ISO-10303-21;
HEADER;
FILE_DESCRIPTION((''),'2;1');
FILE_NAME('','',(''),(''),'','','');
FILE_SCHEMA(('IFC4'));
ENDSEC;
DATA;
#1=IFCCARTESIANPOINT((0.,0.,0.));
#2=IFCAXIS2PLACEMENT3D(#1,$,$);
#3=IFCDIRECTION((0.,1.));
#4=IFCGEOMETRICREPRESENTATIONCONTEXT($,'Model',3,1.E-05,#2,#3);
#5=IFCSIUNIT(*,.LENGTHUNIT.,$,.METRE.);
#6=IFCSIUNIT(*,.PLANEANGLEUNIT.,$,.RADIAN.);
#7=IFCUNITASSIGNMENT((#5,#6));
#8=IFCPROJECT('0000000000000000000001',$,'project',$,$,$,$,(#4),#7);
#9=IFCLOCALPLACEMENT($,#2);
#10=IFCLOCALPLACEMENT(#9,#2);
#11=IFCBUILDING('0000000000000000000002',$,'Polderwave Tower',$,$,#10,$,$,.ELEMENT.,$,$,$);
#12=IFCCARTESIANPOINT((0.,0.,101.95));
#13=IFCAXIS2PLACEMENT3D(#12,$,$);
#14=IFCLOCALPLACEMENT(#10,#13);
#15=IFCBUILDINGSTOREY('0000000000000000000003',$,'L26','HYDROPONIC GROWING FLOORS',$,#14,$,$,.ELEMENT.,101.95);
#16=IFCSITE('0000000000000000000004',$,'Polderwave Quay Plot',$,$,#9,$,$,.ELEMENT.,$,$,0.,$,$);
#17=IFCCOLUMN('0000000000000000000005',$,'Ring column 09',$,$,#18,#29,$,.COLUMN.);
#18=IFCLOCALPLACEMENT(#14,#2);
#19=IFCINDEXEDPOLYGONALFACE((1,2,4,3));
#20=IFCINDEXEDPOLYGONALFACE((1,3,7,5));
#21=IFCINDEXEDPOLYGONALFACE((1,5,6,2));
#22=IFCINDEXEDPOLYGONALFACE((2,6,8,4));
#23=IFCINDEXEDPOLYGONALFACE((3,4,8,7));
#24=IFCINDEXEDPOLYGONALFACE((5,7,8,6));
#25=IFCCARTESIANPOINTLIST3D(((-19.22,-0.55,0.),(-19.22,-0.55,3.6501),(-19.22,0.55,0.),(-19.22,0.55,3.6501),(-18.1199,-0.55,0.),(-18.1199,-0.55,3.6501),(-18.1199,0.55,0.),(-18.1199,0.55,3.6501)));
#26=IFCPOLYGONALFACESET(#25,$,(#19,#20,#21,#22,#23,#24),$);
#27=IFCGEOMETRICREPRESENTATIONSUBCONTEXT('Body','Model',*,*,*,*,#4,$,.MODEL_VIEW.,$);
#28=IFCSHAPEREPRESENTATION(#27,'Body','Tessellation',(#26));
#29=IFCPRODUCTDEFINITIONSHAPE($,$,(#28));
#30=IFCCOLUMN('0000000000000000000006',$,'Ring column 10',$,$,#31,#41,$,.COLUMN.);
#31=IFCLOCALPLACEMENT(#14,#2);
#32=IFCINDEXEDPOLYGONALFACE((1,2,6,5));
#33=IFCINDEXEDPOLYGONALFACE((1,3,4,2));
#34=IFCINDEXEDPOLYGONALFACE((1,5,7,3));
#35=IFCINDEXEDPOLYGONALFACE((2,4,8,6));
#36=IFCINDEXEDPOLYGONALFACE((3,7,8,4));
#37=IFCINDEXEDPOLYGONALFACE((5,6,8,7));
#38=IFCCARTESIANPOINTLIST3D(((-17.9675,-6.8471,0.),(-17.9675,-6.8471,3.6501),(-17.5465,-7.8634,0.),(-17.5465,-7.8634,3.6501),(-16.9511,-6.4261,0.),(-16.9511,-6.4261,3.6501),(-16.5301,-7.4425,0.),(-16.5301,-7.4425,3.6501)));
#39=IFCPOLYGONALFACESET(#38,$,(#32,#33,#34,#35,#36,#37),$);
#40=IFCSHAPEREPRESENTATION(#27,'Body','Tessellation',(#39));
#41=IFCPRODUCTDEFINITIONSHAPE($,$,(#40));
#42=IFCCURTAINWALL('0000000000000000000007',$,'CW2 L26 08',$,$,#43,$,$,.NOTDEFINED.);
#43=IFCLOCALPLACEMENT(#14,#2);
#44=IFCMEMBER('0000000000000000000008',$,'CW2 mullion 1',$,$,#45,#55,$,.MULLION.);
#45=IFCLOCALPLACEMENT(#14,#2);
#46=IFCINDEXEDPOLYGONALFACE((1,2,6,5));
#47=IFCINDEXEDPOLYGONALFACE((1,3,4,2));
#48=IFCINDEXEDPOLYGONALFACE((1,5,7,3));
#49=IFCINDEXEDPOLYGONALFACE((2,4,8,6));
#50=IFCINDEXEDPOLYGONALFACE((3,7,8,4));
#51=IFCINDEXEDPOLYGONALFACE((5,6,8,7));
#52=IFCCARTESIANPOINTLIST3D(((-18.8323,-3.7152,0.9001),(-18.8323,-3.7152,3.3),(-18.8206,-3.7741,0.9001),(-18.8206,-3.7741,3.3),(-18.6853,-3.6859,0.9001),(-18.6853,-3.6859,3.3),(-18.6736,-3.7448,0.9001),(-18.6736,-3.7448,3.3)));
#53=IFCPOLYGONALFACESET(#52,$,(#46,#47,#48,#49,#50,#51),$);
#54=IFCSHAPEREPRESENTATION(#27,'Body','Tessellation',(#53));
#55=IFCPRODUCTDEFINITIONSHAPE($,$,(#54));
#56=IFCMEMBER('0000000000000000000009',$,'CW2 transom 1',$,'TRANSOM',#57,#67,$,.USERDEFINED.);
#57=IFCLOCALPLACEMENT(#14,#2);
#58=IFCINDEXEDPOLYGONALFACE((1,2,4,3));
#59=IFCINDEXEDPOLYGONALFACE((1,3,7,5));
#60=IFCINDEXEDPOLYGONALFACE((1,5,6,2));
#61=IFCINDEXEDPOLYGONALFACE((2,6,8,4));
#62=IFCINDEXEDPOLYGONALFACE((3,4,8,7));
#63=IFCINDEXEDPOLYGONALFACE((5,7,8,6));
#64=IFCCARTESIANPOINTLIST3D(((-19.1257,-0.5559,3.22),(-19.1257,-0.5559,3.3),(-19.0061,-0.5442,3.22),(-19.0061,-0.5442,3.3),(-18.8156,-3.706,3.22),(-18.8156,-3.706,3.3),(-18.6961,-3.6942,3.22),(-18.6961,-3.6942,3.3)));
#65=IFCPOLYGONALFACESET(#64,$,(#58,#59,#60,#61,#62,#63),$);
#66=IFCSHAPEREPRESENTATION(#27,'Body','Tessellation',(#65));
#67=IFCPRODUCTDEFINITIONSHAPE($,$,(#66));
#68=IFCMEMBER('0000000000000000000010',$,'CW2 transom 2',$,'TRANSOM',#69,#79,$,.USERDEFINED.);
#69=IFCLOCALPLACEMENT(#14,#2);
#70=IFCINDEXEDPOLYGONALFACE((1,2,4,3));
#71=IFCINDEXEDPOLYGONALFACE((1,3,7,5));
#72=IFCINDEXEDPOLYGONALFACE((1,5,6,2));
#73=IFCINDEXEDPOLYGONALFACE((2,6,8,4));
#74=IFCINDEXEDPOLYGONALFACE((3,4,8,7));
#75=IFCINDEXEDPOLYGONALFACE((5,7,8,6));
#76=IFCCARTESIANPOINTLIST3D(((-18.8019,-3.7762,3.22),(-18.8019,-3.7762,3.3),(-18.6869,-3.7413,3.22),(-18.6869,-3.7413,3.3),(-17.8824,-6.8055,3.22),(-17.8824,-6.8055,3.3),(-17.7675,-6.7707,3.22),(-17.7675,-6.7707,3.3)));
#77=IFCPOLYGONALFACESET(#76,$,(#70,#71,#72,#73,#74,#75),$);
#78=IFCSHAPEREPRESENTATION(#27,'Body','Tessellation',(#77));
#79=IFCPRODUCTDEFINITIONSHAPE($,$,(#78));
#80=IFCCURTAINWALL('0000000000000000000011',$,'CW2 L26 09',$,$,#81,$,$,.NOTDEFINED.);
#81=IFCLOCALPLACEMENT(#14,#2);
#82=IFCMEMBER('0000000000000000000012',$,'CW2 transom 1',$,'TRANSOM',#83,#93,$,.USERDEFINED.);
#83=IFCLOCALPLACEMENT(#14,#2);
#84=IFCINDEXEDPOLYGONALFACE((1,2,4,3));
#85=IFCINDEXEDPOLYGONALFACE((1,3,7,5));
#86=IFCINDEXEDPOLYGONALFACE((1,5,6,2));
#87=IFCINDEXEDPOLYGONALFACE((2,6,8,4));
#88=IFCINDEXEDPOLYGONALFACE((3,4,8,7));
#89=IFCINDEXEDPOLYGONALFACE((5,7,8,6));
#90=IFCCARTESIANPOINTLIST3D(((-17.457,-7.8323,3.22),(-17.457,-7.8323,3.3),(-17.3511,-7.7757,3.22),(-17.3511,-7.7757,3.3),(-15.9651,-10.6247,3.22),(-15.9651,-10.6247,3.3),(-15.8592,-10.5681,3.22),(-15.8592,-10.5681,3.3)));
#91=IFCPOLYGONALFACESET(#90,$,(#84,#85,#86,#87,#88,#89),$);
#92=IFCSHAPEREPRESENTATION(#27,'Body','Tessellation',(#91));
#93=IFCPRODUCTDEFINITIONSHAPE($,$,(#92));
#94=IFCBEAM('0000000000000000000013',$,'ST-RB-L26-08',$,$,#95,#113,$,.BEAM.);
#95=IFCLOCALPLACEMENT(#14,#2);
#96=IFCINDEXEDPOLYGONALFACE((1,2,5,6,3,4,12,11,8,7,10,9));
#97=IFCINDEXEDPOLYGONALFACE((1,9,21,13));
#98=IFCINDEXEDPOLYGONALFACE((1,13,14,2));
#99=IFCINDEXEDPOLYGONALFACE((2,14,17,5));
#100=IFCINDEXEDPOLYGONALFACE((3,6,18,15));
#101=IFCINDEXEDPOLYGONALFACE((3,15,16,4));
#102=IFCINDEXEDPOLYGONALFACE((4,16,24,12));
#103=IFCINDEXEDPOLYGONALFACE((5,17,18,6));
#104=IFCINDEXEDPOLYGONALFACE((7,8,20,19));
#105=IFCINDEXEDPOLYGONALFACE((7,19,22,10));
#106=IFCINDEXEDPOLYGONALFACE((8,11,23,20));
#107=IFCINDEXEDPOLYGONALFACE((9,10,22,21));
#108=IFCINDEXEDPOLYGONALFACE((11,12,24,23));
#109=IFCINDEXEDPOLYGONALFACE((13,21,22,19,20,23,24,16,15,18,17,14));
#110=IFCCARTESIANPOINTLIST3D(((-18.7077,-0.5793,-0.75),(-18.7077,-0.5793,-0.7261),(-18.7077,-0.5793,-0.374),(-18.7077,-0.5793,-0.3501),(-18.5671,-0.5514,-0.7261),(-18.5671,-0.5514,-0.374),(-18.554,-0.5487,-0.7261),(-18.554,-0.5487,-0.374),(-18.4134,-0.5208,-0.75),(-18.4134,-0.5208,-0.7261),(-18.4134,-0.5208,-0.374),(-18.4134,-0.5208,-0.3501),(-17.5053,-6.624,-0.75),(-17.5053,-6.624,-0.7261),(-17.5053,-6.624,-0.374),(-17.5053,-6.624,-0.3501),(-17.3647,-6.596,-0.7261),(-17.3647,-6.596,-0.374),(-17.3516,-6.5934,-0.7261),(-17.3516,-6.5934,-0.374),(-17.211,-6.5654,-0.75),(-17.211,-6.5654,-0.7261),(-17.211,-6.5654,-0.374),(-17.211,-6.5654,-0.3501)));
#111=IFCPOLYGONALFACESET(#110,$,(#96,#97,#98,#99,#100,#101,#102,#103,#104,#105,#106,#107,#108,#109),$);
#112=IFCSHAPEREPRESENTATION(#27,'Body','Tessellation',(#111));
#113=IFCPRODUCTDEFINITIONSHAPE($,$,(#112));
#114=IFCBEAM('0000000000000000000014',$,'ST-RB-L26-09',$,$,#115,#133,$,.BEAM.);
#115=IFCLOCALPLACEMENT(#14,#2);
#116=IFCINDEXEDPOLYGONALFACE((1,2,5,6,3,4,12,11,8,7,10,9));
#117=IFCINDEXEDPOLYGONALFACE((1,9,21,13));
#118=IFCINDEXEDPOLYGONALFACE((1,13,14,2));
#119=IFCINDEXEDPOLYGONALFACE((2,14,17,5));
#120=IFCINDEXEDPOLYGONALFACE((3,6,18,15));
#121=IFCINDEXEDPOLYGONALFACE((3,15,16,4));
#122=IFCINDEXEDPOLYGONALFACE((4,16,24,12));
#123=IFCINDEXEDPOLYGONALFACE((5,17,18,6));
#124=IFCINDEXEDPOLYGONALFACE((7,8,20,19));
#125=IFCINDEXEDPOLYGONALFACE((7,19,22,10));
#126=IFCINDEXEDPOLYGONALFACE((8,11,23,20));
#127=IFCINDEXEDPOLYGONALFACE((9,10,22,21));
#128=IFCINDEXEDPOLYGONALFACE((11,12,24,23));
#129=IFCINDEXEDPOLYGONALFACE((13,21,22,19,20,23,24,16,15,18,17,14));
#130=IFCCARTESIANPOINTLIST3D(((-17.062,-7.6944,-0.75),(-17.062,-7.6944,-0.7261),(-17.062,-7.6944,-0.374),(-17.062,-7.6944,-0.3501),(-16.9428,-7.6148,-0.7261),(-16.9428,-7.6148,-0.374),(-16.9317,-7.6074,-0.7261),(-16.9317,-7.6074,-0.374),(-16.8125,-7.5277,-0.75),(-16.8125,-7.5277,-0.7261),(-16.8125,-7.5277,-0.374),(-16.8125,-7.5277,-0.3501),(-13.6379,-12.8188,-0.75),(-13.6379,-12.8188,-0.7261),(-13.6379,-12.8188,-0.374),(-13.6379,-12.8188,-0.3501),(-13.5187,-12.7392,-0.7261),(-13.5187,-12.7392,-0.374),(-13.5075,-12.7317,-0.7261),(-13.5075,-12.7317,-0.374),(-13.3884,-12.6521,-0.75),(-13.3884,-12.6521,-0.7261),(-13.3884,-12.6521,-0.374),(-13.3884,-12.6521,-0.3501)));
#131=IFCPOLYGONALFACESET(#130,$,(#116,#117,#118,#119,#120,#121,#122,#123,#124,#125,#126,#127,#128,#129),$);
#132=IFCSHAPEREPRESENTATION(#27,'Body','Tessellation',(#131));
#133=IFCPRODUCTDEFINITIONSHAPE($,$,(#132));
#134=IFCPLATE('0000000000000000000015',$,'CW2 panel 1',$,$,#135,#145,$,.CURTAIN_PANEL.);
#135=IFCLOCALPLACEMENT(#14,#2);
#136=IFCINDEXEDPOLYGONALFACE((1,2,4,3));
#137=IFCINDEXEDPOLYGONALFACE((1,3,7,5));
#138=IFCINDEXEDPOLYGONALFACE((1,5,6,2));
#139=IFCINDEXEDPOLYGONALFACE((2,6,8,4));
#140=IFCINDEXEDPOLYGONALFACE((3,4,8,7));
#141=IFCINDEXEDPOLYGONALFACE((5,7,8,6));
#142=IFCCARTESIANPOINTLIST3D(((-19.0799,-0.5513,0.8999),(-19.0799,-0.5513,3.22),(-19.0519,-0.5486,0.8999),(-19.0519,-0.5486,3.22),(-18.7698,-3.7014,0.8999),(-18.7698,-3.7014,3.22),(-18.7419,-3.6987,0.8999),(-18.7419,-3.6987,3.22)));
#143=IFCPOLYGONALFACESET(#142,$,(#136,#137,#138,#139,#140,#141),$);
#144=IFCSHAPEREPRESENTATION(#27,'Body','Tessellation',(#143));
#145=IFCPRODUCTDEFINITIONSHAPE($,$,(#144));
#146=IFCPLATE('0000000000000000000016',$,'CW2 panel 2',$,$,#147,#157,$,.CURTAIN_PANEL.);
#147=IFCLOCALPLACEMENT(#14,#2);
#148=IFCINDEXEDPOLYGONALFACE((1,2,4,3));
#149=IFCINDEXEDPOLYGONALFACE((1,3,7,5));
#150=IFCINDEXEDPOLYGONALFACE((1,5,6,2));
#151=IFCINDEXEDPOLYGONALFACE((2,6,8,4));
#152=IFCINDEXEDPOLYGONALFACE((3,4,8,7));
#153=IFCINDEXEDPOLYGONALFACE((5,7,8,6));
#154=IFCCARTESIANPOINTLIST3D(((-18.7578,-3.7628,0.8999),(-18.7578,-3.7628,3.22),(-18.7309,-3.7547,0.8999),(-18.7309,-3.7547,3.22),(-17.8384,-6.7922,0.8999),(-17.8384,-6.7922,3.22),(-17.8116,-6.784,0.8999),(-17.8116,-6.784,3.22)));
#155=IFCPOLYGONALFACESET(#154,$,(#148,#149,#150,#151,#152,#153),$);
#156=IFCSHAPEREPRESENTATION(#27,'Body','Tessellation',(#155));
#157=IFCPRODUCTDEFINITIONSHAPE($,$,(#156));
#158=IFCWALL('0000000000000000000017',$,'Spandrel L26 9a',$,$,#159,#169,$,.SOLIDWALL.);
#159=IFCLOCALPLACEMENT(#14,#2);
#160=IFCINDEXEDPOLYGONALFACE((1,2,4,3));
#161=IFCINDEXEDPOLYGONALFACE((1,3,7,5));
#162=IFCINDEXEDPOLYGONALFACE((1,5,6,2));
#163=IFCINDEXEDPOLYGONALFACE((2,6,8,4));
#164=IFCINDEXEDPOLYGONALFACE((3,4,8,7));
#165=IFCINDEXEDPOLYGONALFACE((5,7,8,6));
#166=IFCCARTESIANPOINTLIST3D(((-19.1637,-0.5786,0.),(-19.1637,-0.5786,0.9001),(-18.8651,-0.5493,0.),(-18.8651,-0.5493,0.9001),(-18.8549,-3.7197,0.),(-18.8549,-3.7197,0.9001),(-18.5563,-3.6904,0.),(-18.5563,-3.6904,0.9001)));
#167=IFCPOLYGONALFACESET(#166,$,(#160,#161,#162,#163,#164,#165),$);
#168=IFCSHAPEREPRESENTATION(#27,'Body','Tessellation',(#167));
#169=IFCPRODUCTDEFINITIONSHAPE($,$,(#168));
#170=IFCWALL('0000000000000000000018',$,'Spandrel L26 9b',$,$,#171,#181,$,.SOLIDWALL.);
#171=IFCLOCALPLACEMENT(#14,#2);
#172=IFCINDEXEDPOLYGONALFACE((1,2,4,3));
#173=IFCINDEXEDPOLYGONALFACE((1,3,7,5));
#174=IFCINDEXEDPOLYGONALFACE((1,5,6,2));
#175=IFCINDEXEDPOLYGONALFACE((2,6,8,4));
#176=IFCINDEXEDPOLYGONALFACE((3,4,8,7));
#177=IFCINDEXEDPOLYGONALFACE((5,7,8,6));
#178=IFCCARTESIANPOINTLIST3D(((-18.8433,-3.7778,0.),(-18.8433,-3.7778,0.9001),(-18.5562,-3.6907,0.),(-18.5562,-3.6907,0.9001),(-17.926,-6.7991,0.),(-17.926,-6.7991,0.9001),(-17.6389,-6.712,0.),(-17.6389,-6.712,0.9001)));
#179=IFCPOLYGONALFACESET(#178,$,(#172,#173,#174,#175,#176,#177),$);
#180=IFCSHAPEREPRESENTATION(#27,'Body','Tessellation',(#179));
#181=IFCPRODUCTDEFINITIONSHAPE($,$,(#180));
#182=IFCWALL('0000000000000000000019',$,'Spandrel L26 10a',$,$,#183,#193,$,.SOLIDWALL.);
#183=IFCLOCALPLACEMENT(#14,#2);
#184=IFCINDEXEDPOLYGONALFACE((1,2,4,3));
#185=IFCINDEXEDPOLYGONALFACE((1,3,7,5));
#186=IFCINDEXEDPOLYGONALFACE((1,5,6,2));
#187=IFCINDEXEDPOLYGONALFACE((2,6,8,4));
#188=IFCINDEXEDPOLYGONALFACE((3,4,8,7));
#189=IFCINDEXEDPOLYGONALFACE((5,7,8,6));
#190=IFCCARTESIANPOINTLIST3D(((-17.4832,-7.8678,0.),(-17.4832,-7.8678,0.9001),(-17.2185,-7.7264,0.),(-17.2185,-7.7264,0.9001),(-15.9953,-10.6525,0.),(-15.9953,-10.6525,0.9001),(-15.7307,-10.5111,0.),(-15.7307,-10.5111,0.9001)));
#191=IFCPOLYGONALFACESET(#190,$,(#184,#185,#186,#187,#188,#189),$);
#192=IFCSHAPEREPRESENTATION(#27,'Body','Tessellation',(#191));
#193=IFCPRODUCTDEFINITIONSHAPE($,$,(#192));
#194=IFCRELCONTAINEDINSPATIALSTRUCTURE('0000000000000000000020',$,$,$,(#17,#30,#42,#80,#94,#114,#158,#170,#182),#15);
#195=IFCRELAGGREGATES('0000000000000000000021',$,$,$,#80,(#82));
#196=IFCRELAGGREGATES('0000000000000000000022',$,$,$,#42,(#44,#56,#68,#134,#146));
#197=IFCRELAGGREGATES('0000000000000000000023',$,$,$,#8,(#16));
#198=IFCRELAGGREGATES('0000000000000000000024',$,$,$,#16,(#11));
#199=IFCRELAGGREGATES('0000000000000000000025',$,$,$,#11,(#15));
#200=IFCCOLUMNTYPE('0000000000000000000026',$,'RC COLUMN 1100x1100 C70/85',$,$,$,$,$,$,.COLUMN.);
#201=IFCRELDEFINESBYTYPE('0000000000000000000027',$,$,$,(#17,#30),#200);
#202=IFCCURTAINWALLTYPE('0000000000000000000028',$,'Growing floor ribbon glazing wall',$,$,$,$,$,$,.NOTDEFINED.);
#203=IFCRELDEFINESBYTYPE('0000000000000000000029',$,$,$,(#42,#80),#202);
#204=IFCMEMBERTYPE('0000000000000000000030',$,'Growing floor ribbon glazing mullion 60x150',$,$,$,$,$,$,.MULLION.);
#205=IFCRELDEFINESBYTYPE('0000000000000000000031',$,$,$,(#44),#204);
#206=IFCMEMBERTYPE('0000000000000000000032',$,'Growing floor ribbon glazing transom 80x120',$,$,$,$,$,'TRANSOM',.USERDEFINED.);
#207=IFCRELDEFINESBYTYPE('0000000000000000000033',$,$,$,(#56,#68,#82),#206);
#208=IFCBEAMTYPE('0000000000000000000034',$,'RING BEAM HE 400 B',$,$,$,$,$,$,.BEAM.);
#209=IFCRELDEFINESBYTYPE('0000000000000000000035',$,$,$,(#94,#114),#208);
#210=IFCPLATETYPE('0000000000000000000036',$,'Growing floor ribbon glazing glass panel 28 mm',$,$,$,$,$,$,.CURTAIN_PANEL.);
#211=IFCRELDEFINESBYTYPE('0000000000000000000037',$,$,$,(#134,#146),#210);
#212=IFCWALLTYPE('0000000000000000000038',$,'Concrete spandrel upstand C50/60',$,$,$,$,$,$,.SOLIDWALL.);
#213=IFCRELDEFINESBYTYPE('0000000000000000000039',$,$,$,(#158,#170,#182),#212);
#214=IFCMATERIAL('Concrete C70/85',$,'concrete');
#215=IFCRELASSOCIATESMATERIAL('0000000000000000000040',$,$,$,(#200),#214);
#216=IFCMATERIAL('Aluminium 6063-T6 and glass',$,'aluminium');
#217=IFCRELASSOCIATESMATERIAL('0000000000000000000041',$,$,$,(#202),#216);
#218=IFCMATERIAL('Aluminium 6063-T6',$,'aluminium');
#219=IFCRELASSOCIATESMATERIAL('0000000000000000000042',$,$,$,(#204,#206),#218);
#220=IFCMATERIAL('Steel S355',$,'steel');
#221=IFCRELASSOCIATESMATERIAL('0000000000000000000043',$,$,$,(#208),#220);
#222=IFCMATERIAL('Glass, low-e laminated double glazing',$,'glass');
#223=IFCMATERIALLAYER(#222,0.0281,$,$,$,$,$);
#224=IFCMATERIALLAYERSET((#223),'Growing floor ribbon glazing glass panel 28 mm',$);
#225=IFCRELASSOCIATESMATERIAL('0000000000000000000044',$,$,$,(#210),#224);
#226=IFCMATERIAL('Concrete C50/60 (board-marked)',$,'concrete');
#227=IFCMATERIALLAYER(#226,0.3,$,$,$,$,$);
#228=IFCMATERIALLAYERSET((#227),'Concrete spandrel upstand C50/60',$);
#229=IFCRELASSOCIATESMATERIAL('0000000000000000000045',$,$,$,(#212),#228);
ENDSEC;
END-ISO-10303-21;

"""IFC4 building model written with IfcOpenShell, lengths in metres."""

from ifc_helpers import new_model, si_unit, direction, frame, frame_2d, origin, origin_2d, place, context, subcontext, project, spatial, rectangle, i_section, extrude, material, layer, layer_set, material_profile, profile_set, type_object, element, aggregate, save


model = new_model("IFC4")

# Units and contexts
model_context = context("Model", 3, precision=1e-05, world=origin(), true_north=direction((0.0, 1.0)))
body_context = subcontext(model_context, "Body", "Model", "MODEL_VIEW")
ifc_project = project(units=[si_unit("LENGTHUNIT", "METRE"), si_unit("PLANEANGLEUNIT", "RADIAN")], contexts=[model_context])

# Site, building, storey
site_placement = place(None, origin())
site = spatial("IfcSite", under=ifc_project, at=site_placement, Name="Polderwave Quay Plot", CompositionType="ELEMENT", RefElevation=0.0)
building_placement = place(site_placement, origin())
building = spatial("IfcBuilding", under=site, at=building_placement, Name="Polderwave Tower", CompositionType="ELEMENT")
storey_placement = place(building_placement, frame((0.0, 0.0, 101.95)))
storey = spatial("IfcBuildingStorey", under=building, at=storey_placement, Name="L26", Description="HYDROPONIC GROWING FLOORS", CompositionType="ELEMENT", Elevation=101.95)

# Columns
ifc_material_1 = material(Name="Concrete C70/85", Category="concrete")
ifc_material_profile_1 = material_profile(ifc_material_1, rectangle(XDim=1.1001, YDim=1.1001, at=origin_2d()), Name="RC 1100x1100")
ifc_profile_set_1 = profile_set([ifc_material_profile_1], Name="Concrete C70/85")
column_type = type_object("IfcColumnType", Name="RC COLUMN 1100x1100 C70/85", PredefinedType="COLUMN", material=ifc_profile_set_1)
for number, where, z_axis, x_axis, name in (
    (1, (-18.6699, 0.0, 0.0), (0.0, 0.0, 1.0), (-1.0, 0.0, 0.0), "Ring column 09"),
    (2, (-17.2488, -7.1448, 0.0), (0.0, 0.0, 1.0), (-0.92388, -0.382683, 0.0), "Ring column 10"),
):
    element("IfcColumn", number, at=place(storey_placement, frame(where, z_axis=z_axis, x_axis=x_axis)), inside=storey, type_object=column_type, Name=name, PredefinedType="COLUMN", context=body_context, shape_type="SweptSolid", body=[
        extrude(rectangle(XDim=1.1001, YDim=1.1001, at=origin_2d()), origin(), (0.0, 0.0, 1.0), 3.6501),
    ])

# Curtain wall, members
ifc_material_2 = material(Name="Aluminium 6063-T6 and glass", Category="aluminium")
curtain_wall_type = type_object("IfcCurtainWallType", Name="Growing floor ribbon glazing wall", PredefinedType="NOTDEFINED", material=ifc_material_2)
curtain_wall_1_placement = place(storey_placement, origin())
curtain_wall_1 = element("IfcCurtainWall", 3, at=curtain_wall_1_placement, inside=storey, type_object=curtain_wall_type, Name="CW2 L26 08", PredefinedType="NOTDEFINED")
ifc_material_3 = material(Name="Aluminium 6063-T6", Category="aluminium")
ifc_material_profile_2 = material_profile(ifc_material_3, rectangle(XDim=0.1499, YDim=0.0601, at=origin_2d()), Name="AL 60x150")
ifc_profile_set_2 = profile_set([ifc_material_profile_2], Name="Aluminium 6063-T6")
member_type_1 = type_object("IfcMemberType", Name="Growing floor ribbon glazing mullion 60x150", PredefinedType="MULLION", material=ifc_profile_set_2)
member_1_placement = place(storey_placement, frame((-18.7529, -3.73, 0.9001), z_axis=(0.0, 0.0, 1.0), x_axis=(0.980781, 0.195113, 0.0)))
member_1 = element("IfcMember", 4, at=member_1_placement, type_object=member_type_1, Name="CW2 mullion 1", PredefinedType="MULLION", context=body_context, shape_type="SweptSolid", body=[
    extrude(rectangle(XDim=0.1499, YDim=0.0601, at=origin_2d()), origin(), (0.0, 0.0, 1.0), 2.3999),
])
ifc_material_profile_3 = material_profile(ifc_material_3, rectangle(XDim=0.1201, YDim=0.0801, at=origin_2d()), Name="AL 80x120")
ifc_profile_set_3 = profile_set([ifc_material_profile_3], Name="Aluminium 6063-T6")
member_type_2 = type_object("IfcMemberType", Name="Growing floor ribbon glazing transom 80x120", ElementType="TRANSOM", PredefinedType="USERDEFINED", material=ifc_profile_set_3)
member_2_placement = place(storey_placement, frame((-19.0659, -0.55, 3.26), z_axis=(0.097953, -0.995191, 0.0), x_axis=(0.995191, 0.097953, 0.0)))
member_2 = element("IfcMember", 5, at=member_2_placement, type_object=member_type_2, Name="CW2 transom 1", ObjectType="TRANSOM", PredefinedType="USERDEFINED", context=body_context, shape_type="SweptSolid", body=[
    extrude(rectangle(XDim=0.1201, YDim=0.0801, at=origin_2d()), origin(), (0.0, 0.0, 1.0), 3.1653),
])
member_3_placement = place(storey_placement, frame((-18.7444, -3.7588, 3.26), z_axis=(0.290431, -0.956896, 0.0), x_axis=(0.956896, 0.290431, 0.0)))
member_3 = element("IfcMember", 6, at=member_3_placement, type_object=member_type_2, Name="CW2 transom 2", ObjectType="TRANSOM", PredefinedType="USERDEFINED", context=body_context, shape_type="SweptSolid", body=[
    extrude(rectangle(XDim=0.1201, YDim=0.0801, at=origin_2d()), origin(), (0.0, 0.0, 1.0), 3.1658),
])

# Curtain wall, member
curtain_wall_2_placement = place(storey_placement, origin())
curtain_wall_2 = element("IfcCurtainWall", 7, at=curtain_wall_2_placement, inside=storey, type_object=curtain_wall_type, Name="CW2 L26 09", PredefinedType="NOTDEFINED")
member_4_placement = place(storey_placement, frame((-17.4041, -7.804, 3.26), z_axis=(0.471232, -0.882009, 0.0), x_axis=(0.882009, 0.471232, 0.0)))
member_4 = element("IfcMember", 8, at=member_4_placement, type_object=member_type_2, Name="CW2 transom 1", ObjectType="TRANSOM", PredefinedType="USERDEFINED", context=body_context, shape_type="SweptSolid", body=[
    extrude(rectangle(XDim=0.1201, YDim=0.0801, at=origin_2d()), origin(), (0.0, 0.0, 1.0), 3.166),
])
aggregate(curtain_wall_2, [member_4])

# Beams
ifc_material_4 = material(Name="Steel S355", Category="steel")
ifc_material_profile_4 = material_profile(ifc_material_4, i_section(OverallWidth=0.3, OverallDepth=0.3999, WebThickness=0.0134, FlangeThickness=0.0239, at=origin_2d()), Name="HE 400 B")
ifc_profile_set_4 = profile_set([ifc_material_profile_4], Name="Steel S355")
beam_type = type_object("IfcBeamType", Name="RING BEAM HE 400 B", PredefinedType="BEAM", material=ifc_profile_set_4)
for number, where, z_axis, x_axis, name in (
    (9, (-18.5605, -0.55, -0.55), (0.195095, -0.980784, 0.0), (0.980784, 0.195095, 0.0), "ST-RB-L26-08"),
    (10, (-16.9373, -7.6111, -0.55), (0.555587, -0.831459, 0.0), (0.831459, 0.555587, 0.0), "ST-RB-L26-09"),
):
    element("IfcBeam", number, at=place(storey_placement, frame(where, z_axis=z_axis, x_axis=x_axis)), inside=storey, type_object=beam_type, Name=name, PredefinedType="BEAM", context=body_context, shape_type="SweptSolid", body=[
        extrude(i_section(OverallWidth=0.3, OverallDepth=0.3999, WebThickness=0.0134, FlangeThickness=0.0239, at=origin_2d()), origin(), (0.0, 0.0, 1.0), 6.1631),
    ])

# Plates
ifc_material_5 = material(Name="Glass, low-e laminated double glazing", Category="glass")
ifc_layer_1 = layer(ifc_material_5, 0.0281)
ifc_layer_set_1 = layer_set([ifc_layer_1], Name="Growing floor ribbon glazing glass panel 28 mm")
plate_type = type_object("IfcPlateType", Name="Growing floor ribbon glazing glass panel 28 mm", PredefinedType="CURTAIN_PANEL", material=ifc_layer_set_1)
plate_1_placement = place(storey_placement, frame((-18.9109, -2.125, 0.8999), z_axis=(0.0, 0.0, 1.0), x_axis=(0.097955, -0.995191, 0.0)))
plate_1 = element("IfcPlate", 11, at=plate_1_placement, type_object=plate_type, Name="CW2 panel 1", PredefinedType="CURTAIN_PANEL", context=body_context, shape_type="SweptSolid", body=[
    extrude(rectangle(XDim=3.1653, YDim=0.0281, at=origin_2d()), origin(), (0.0, 0.0, 1.0), 2.3201),
])
plate_2_placement = place(storey_placement, frame((-18.2847, -5.2734, 0.8999), z_axis=(0.0, 0.0, 1.0), x_axis=(0.29039, -0.956908, 0.0)))
plate_2 = element("IfcPlate", 12, at=plate_2_placement, type_object=plate_type, Name="CW2 panel 2", PredefinedType="CURTAIN_PANEL", context=body_context, shape_type="SweptSolid", body=[
    extrude(rectangle(XDim=3.1658, YDim=0.0281, at=origin_2d()), origin(), (0.0, 0.0, 1.0), 2.3201),
])
aggregate(curtain_wall_1, [member_1, member_2, member_3, plate_1, plate_2])

# Walls
ifc_material_6 = material(Name="Concrete C50/60 (board-marked)", Category="concrete")
ifc_layer_2 = layer(ifc_material_6, 0.3)
ifc_layer_set_2 = layer_set([ifc_layer_2], Name="Concrete spandrel upstand C50/60")
wall_type_1 = type_object("IfcWallType", Name="Concrete spandrel upstand C50/60", PredefinedType="SOLIDWALL", material=ifc_layer_set_2)
wall_1_placement = place(storey_placement, frame((-19.0144, -0.564, 0.0), z_axis=(0.0, 0.0, 1.0), x_axis=(0.097849, -0.995201, 0.0)))
element("IfcWall", 13, at=wall_1_placement, inside=storey, type_object=wall_type_1, Name="Spandrel L26 9a", PredefinedType="SOLIDWALL", context=body_context, shape_type="SweptSolid", body=[
    extrude(rectangle(XDim=3.1562, YDim=0.3, at=frame_2d((1.5781, 0.0))), origin(), (0.0, 0.0, 1.0), 0.9001),
])
wall_2_placement = place(storey_placement, frame((-18.6997, -3.7344, 0.0), z_axis=(0.0, 0.0, 1.0), x_axis=(0.290503, -0.956874, 0.0)))
element("IfcWall", 14, at=wall_2_placement, inside=storey, type_object=wall_type_1, Name="Spandrel L26 9b", PredefinedType="SOLIDWALL", context=body_context, shape_type="SweptSolid", body=[
    extrude(rectangle(XDim=3.1575, YDim=0.3, at=frame_2d((1.5786, 0.0))), origin(), (0.0, 0.0, 1.0), 0.9001),
])
wall_3_placement = place(storey_placement, frame((-17.3508, -7.7971, 0.0), z_axis=(0.0, 0.0, 1.0), x_axis=(0.471238, -0.882006, 0.0)))
element("IfcWall", 15, at=wall_3_placement, inside=storey, type_object=wall_type_1, Name="Spandrel L26 10a", PredefinedType="SOLIDWALL", context=body_context, shape_type="SweptSolid", body=[
    extrude(rectangle(XDim=3.1572, YDim=0.3, at=frame_2d((1.5786, 0.0))), origin(), (0.0, 0.0, 1.0), 0.9001),
])

save(model, "model.ifc")
